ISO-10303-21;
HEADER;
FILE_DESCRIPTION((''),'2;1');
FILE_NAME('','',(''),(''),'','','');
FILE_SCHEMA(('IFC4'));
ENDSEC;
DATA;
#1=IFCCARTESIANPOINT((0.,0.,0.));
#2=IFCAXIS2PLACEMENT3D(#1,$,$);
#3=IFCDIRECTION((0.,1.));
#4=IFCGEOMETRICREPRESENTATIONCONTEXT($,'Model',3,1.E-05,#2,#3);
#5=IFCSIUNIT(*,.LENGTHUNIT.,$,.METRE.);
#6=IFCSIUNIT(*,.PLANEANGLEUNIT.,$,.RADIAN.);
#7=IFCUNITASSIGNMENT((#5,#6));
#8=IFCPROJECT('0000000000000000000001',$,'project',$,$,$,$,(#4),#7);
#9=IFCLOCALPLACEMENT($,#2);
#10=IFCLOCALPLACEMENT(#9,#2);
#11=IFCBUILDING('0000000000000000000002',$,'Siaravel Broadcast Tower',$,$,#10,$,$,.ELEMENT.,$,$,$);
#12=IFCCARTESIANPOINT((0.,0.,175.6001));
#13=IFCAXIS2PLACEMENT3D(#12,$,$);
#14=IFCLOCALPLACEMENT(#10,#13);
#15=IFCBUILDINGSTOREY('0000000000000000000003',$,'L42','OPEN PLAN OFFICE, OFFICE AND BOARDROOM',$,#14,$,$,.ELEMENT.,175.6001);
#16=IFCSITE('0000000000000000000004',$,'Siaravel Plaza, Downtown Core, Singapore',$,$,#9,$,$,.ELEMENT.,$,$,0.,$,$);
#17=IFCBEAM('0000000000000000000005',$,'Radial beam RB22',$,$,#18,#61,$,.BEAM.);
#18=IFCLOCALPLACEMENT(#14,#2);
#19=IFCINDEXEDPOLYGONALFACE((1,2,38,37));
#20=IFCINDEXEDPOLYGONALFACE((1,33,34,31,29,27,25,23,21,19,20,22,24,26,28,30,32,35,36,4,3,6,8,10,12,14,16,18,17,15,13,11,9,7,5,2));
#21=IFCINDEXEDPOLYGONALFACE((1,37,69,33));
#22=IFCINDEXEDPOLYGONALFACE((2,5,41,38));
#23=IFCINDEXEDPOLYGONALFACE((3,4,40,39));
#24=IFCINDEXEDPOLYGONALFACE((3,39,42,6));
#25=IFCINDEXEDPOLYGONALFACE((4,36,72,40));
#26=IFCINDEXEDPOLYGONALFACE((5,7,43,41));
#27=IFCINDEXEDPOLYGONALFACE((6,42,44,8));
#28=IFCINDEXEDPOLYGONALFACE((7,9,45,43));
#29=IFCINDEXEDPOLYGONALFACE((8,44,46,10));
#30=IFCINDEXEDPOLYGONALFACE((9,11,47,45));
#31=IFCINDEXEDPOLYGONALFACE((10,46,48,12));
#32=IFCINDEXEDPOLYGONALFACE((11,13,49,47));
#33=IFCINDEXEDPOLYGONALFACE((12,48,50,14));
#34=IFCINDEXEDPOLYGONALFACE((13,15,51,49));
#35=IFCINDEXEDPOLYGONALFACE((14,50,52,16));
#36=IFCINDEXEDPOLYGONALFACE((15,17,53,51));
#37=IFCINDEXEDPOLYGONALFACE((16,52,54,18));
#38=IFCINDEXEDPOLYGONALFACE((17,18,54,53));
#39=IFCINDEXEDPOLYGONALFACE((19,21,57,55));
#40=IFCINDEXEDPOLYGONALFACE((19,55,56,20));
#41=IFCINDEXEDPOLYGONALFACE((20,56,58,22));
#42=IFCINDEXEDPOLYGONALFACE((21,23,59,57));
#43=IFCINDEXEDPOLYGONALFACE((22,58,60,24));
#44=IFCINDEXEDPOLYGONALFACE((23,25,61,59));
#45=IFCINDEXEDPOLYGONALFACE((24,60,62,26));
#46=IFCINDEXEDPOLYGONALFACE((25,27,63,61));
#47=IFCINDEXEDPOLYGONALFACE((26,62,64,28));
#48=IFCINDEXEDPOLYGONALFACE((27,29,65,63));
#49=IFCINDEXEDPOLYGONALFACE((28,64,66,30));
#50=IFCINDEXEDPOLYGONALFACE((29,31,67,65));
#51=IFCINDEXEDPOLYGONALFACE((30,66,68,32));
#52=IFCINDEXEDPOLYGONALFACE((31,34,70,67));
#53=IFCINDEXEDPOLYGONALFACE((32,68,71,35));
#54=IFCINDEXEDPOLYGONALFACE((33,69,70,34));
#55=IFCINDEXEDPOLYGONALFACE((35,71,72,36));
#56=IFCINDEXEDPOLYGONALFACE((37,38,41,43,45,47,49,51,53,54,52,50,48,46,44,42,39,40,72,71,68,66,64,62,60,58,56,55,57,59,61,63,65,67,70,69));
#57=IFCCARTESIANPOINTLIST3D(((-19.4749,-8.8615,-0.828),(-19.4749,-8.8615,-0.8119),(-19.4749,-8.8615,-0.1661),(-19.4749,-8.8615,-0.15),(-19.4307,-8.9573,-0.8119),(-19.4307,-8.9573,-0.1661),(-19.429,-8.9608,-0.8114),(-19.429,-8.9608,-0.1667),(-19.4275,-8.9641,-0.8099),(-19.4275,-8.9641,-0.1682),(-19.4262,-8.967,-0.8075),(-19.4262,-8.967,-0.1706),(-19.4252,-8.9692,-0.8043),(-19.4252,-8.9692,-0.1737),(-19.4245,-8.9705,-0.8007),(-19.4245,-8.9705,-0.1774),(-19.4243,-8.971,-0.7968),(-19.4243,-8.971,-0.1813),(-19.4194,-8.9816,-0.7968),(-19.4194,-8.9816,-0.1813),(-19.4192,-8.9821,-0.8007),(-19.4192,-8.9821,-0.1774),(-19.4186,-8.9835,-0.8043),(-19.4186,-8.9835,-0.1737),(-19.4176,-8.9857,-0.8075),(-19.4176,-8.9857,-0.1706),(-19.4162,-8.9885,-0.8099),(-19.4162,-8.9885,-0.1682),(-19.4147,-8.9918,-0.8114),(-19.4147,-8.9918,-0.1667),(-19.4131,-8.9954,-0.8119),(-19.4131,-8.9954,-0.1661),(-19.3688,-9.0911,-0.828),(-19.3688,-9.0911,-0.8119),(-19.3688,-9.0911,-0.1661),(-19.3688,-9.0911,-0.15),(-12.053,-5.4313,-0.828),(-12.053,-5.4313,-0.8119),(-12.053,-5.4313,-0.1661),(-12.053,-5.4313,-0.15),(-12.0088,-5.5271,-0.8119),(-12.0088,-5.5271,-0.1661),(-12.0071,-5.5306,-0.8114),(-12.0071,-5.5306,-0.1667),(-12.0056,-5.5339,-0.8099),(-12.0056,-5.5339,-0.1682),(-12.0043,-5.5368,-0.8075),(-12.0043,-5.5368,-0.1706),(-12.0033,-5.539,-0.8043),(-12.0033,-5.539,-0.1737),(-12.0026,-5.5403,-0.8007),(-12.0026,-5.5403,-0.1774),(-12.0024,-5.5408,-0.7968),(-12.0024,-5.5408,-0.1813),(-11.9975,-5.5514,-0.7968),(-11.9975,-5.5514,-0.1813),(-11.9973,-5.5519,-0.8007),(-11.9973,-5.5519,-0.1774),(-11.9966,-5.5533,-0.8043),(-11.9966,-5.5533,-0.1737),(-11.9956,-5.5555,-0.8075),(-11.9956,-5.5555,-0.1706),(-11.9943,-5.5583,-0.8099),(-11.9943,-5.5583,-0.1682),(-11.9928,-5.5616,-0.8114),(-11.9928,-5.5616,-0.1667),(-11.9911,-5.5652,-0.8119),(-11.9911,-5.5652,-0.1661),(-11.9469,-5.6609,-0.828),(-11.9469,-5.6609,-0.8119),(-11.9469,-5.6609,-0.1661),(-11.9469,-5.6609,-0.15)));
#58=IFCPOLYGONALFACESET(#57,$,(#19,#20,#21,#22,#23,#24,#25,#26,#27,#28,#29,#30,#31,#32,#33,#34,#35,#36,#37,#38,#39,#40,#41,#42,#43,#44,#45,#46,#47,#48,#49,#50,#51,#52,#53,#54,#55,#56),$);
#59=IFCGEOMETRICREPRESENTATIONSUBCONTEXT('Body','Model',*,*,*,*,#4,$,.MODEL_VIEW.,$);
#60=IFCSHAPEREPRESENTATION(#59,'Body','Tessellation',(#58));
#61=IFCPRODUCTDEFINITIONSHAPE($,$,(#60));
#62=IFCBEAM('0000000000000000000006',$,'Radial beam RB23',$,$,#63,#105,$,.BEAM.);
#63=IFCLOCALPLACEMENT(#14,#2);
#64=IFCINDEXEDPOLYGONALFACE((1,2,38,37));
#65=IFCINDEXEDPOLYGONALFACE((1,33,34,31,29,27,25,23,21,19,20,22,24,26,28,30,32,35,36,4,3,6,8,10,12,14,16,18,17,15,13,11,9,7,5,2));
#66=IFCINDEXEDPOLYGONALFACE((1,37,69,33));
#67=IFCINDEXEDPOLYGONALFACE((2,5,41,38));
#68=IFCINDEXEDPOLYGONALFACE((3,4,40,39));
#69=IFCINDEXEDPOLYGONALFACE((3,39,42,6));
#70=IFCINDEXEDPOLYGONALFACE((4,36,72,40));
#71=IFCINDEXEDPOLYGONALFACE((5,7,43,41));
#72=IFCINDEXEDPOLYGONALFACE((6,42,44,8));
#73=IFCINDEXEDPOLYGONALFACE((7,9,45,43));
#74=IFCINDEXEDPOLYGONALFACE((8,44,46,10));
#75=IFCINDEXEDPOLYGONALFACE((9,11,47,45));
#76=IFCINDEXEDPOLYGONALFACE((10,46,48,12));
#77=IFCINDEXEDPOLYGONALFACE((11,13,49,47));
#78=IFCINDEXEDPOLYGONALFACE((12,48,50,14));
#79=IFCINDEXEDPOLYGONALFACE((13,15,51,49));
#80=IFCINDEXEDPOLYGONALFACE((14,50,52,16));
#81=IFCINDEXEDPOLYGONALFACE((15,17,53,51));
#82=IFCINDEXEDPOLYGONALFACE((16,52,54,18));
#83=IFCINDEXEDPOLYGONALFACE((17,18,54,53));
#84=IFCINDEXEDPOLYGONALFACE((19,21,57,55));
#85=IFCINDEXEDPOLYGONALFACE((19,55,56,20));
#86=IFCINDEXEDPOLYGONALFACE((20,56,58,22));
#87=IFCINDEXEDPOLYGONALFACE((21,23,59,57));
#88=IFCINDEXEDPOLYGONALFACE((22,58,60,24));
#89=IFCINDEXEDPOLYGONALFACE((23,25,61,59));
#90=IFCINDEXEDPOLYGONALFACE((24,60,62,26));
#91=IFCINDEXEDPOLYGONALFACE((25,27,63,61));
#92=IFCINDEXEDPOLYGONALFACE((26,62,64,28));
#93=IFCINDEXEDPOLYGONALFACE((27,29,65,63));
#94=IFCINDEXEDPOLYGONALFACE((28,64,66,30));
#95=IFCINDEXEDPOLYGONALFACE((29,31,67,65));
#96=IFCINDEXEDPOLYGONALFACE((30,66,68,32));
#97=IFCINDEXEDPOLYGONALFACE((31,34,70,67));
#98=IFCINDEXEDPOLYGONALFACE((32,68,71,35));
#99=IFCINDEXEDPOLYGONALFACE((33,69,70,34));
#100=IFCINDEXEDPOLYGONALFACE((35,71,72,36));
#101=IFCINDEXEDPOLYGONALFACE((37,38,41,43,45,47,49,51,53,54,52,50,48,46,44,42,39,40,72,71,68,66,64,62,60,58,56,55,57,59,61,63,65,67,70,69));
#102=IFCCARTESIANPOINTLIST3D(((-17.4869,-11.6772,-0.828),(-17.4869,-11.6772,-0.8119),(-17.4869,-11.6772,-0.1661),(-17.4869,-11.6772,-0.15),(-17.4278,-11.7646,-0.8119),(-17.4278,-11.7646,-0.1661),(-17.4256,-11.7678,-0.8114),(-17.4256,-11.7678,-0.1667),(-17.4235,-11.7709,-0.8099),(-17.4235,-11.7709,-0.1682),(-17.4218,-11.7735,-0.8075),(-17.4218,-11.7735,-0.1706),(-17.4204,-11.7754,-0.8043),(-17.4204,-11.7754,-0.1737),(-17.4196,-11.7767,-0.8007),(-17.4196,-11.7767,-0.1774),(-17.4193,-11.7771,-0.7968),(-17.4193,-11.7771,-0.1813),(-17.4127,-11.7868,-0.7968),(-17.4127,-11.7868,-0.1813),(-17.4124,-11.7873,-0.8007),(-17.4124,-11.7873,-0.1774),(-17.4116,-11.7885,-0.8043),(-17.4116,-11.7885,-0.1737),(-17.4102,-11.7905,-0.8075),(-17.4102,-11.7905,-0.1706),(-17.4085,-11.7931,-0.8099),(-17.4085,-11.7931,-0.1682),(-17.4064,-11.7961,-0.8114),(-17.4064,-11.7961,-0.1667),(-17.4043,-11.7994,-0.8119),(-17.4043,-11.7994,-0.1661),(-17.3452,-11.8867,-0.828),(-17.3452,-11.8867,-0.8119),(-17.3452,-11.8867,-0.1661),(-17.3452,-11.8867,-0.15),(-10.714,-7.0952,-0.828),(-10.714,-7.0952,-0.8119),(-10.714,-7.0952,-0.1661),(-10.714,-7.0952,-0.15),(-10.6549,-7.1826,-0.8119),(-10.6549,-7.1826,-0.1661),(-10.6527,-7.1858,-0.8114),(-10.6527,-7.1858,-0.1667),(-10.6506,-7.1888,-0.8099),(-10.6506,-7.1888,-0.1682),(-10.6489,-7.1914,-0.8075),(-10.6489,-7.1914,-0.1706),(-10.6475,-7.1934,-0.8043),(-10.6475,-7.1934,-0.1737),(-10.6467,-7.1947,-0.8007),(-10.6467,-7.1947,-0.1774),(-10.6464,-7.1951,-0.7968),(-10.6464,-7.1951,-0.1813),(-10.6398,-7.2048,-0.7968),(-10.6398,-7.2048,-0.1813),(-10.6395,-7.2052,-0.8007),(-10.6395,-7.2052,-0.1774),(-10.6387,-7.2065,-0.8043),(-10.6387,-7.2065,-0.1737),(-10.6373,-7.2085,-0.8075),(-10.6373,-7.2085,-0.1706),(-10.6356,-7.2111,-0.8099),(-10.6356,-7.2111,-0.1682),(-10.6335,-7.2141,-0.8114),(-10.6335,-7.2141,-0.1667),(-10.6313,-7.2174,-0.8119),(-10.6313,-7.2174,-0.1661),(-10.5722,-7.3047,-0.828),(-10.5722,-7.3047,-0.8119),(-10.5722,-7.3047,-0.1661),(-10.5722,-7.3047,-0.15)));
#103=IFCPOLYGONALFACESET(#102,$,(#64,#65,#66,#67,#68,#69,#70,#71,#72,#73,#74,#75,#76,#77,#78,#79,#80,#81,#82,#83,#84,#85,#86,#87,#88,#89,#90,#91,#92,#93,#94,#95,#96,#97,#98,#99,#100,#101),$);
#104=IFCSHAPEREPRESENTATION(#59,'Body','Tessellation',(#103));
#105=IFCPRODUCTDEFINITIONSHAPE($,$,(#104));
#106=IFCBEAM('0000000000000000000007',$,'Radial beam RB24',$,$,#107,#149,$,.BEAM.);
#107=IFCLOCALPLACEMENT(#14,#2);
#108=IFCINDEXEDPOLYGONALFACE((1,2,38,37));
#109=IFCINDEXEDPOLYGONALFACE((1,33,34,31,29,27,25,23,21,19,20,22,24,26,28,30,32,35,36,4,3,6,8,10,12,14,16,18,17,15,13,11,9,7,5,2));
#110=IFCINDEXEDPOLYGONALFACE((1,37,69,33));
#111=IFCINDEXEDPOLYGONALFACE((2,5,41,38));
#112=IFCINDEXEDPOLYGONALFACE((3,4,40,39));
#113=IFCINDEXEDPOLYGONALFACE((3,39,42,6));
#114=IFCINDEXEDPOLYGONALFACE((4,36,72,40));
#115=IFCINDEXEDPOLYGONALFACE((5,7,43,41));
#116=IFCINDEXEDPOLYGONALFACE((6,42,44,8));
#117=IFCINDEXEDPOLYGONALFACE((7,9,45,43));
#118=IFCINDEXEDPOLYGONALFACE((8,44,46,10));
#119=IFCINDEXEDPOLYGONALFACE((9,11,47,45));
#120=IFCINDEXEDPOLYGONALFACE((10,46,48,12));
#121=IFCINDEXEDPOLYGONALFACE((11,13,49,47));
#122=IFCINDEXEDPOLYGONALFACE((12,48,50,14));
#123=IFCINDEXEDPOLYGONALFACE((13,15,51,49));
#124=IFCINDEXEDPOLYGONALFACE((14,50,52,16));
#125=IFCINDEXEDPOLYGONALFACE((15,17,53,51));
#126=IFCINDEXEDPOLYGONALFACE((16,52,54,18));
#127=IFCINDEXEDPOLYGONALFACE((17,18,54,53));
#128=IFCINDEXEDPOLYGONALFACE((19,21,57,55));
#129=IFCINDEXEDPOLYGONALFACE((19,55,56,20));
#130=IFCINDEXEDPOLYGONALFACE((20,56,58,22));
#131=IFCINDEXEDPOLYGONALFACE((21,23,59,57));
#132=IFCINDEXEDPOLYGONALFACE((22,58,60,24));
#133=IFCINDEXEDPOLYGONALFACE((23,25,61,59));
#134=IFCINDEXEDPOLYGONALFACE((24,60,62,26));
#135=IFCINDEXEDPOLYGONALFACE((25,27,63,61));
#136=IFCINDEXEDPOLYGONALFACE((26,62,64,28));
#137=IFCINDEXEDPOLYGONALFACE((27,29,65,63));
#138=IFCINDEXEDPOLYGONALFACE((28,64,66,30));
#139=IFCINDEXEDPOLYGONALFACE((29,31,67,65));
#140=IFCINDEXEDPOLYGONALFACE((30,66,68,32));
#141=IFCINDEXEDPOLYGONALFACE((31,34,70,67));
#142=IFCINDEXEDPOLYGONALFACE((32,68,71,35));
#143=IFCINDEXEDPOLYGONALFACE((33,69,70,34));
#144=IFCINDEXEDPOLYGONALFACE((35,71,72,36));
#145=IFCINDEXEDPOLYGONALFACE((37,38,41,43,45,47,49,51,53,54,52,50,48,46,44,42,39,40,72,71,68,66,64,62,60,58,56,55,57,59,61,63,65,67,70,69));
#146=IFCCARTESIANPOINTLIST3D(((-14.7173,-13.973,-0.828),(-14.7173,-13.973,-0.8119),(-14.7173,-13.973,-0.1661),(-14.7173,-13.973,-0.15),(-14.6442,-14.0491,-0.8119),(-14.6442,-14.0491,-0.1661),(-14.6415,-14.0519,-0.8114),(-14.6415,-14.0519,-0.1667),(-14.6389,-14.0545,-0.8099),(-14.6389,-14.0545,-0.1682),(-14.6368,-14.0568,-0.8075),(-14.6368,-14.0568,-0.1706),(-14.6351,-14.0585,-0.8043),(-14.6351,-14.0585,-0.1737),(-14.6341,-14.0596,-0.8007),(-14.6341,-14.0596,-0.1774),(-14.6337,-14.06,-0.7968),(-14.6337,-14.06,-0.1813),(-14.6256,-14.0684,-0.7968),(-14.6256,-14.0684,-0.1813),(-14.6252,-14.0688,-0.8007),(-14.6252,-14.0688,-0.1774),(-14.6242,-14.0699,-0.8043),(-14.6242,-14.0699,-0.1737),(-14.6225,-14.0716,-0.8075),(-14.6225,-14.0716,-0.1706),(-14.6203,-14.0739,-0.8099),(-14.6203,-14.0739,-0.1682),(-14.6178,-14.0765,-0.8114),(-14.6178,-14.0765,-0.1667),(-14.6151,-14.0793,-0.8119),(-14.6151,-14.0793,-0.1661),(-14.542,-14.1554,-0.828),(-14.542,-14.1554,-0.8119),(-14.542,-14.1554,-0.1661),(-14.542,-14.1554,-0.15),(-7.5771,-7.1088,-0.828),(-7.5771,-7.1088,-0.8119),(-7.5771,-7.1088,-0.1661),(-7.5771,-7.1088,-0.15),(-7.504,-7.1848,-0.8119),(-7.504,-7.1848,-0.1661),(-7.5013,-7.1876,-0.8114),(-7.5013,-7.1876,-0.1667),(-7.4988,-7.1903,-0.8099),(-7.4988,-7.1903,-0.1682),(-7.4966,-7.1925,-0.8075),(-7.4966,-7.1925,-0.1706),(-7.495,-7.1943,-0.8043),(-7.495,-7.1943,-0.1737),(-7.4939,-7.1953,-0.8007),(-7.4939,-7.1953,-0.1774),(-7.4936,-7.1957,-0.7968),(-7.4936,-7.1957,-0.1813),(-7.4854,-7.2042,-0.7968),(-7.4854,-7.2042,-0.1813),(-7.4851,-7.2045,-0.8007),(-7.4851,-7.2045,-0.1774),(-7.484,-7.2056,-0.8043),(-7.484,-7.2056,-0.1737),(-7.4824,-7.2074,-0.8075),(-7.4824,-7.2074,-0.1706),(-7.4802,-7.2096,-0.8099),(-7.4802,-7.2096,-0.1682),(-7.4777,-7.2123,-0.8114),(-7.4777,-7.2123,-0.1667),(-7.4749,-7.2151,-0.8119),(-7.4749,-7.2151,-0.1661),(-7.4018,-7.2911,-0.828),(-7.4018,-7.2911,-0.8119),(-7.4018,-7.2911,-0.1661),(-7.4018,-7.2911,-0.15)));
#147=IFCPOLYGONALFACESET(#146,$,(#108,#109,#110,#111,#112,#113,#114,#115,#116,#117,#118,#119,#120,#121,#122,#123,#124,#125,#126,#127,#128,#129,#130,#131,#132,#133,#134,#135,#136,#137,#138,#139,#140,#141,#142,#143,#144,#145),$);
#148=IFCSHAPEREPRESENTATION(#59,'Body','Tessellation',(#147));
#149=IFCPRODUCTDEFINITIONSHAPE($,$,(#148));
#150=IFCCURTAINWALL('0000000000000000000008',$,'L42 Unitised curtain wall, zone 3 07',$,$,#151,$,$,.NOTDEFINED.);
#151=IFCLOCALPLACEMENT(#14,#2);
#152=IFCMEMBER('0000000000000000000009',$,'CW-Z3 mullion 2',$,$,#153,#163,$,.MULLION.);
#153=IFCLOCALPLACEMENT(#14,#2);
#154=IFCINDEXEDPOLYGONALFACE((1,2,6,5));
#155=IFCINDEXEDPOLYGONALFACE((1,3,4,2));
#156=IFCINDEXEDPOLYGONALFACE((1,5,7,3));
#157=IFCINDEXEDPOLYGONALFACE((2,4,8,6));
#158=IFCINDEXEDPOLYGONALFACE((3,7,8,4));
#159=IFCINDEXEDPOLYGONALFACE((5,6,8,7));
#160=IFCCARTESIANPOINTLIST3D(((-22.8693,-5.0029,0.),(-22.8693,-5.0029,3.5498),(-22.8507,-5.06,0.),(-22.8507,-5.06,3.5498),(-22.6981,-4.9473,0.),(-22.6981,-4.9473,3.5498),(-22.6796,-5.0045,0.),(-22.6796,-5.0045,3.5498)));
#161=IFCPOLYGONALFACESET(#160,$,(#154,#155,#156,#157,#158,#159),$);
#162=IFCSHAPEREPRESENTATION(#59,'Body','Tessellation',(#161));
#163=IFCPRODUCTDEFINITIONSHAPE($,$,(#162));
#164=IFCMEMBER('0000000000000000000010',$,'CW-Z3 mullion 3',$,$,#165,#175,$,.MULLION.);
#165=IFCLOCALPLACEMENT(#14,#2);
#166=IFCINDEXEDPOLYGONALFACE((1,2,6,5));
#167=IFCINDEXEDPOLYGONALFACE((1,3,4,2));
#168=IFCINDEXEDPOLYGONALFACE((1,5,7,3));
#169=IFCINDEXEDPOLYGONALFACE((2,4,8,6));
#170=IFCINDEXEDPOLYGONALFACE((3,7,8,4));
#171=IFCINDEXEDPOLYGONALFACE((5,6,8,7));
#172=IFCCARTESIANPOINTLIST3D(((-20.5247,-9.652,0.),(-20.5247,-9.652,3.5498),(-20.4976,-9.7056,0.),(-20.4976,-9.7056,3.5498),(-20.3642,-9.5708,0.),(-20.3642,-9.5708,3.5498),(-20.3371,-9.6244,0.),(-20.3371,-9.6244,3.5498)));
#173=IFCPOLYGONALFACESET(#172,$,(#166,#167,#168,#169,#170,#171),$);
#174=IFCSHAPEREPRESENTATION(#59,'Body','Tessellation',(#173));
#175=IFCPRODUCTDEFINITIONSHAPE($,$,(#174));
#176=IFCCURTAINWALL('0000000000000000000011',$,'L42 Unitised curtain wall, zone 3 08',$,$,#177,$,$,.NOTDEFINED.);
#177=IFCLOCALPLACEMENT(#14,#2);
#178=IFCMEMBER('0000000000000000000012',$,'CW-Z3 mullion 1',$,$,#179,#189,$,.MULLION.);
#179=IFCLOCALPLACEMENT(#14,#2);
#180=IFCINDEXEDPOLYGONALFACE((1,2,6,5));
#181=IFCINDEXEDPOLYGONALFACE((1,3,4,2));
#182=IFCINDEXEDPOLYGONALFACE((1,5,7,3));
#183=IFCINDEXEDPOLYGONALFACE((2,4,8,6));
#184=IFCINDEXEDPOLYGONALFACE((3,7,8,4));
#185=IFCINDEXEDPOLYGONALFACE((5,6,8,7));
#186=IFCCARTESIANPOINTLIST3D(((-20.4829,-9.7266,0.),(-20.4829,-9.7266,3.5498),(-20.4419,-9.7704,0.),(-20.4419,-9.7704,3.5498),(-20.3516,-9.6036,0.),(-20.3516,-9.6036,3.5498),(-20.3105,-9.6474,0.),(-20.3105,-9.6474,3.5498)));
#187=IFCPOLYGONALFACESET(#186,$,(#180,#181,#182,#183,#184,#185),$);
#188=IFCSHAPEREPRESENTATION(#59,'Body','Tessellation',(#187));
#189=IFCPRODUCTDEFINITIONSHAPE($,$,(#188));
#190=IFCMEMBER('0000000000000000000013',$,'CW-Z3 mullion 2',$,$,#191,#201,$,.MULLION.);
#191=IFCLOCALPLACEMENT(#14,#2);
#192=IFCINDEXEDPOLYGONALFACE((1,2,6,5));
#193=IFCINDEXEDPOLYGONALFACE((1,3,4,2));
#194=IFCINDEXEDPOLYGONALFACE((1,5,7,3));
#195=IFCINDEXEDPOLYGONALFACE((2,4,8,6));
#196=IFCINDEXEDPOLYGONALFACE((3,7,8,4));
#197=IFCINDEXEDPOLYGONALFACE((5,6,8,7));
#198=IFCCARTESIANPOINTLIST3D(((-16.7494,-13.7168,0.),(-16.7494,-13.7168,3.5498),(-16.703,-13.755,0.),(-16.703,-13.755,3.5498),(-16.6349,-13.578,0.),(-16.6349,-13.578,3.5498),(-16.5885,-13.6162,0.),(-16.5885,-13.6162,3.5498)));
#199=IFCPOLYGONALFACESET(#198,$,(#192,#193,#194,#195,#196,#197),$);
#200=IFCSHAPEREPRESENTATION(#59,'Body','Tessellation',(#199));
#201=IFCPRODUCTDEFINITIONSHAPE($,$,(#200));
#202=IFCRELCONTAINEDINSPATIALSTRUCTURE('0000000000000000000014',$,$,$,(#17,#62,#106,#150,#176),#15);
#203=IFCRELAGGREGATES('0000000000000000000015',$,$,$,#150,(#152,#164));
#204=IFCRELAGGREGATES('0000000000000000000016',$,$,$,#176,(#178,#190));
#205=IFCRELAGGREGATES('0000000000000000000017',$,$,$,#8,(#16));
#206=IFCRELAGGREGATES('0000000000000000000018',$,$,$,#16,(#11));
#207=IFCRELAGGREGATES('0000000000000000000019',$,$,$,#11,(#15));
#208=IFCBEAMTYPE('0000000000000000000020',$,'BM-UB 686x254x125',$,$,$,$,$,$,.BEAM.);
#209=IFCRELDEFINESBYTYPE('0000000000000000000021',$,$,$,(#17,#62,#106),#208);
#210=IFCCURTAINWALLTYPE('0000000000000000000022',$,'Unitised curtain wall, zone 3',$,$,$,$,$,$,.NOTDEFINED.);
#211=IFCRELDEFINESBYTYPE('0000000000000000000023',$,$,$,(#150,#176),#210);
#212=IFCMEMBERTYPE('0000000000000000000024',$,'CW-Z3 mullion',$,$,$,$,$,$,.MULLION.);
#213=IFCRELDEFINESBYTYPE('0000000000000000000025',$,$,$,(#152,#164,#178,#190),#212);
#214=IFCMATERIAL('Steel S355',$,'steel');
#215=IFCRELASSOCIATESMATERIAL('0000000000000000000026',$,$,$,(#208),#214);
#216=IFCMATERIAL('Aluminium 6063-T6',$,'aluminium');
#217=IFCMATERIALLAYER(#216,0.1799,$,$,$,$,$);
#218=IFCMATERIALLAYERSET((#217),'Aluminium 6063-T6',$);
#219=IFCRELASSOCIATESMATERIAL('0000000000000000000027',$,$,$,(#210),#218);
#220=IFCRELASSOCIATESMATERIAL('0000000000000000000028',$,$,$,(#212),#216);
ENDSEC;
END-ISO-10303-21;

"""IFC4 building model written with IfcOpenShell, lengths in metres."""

from ifc_helpers import new_model, si_unit, direction, frame, origin, origin_2d, place, context, subcontext, project, spatial, rectangle, i_section, extrude, material, layer, layer_set, material_profile, profile_set, type_object, element, aggregate, save


model = new_model("IFC4")

# Units and contexts
model_context = context("Model", 3, precision=1e-05, world=origin(), true_north=direction((0.0, 1.0)))
body_context = subcontext(model_context, "Body", "Model", "MODEL_VIEW")
ifc_project = project(units=[si_unit("LENGTHUNIT", "METRE"), si_unit("PLANEANGLEUNIT", "RADIAN")], contexts=[model_context])

# Site, building, storey
site_placement = place(None, origin())
site = spatial("IfcSite", under=ifc_project, at=site_placement, Name="Siaravel Plaza, Downtown Core, Singapore", CompositionType="ELEMENT", RefElevation=0.0)
building_placement = place(site_placement, origin())
building = spatial("IfcBuilding", under=site, at=building_placement, Name="Siaravel Broadcast Tower", CompositionType="ELEMENT")
storey_placement = place(building_placement, frame((0.0, 0.0, 175.6001)))
storey = spatial("IfcBuildingStorey", under=building, at=storey_placement, Name="L42", Description="OPEN PLAN OFFICE, OFFICE AND BOARDROOM", CompositionType="ELEMENT", Elevation=175.6001)

# Beams
ifc_material_1 = material(Name="Steel S355", Category="steel")
ifc_material_profile_1 = material_profile(ifc_material_1, i_section(OverallWidth=0.2529, OverallDepth=0.678, WebThickness=0.0117, FlangeThickness=0.0161, FilletRadius=0.0151, at=origin_2d()))
ifc_profile_set_1 = profile_set([ifc_material_profile_1], Name="Steel S355")
beam_type = type_object("IfcBeamType", Name="BM-UB 686x254x125", PredefinedType="BEAM", material=ifc_profile_set_1)
beam_1_placement = place(storey_placement, frame((-19.4219, -8.9763, -0.489), z_axis=(0.907741, 0.419532, 0.0), x_axis=(-0.419532, 0.907741, 0.0)))
element("IfcBeam", 1, at=beam_1_placement, inside=storey, type_object=beam_type, Name="Radial beam RB22", PredefinedType="BEAM", context=body_context, shape_type="SweptSolid", body=[
    extrude(i_section(OverallWidth=0.2529, OverallDepth=0.678, WebThickness=0.0117, FlangeThickness=0.0161, FilletRadius=0.0151, at=origin_2d()), origin(), (0.0, 0.0, 1.0), 8.1763),
])
beam_2_placement = place(storey_placement, frame((-17.416, -11.782, -0.489), z_axis=(0.828265, 0.560337, 0.0), x_axis=(-0.560337, 0.828265, 0.0)))
element("IfcBeam", 2, at=beam_2_placement, inside=storey, type_object=beam_type, Name="Radial beam RB23", PredefinedType="BEAM", context=body_context, shape_type="SweptSolid", body=[
    extrude(i_section(OverallWidth=0.2529, OverallDepth=0.678, WebThickness=0.0117, FlangeThickness=0.0161, FilletRadius=0.0151, at=origin_2d()), origin(), (0.0, 0.0, 1.0), 8.1772),
])
beam_3_placement = place(storey_placement, frame((-14.6296, -14.0642, -0.489), z_axis=(0.720897, 0.693043, 0.0), x_axis=(-0.693043, 0.720897, 0.0)))
element("IfcBeam", 3, at=beam_3_placement, inside=storey, type_object=beam_type, Name="Radial beam RB24", PredefinedType="BEAM", context=body_context, shape_type="SweptSolid", body=[
    extrude(i_section(OverallWidth=0.2529, OverallDepth=0.678, WebThickness=0.0117, FlangeThickness=0.0161, FilletRadius=0.0151, at=origin_2d()), origin(), (0.0, 0.0, 1.0), 9.9045),
])

# Curtain walls, members
ifc_material_2 = material(Name="Aluminium 6063-T6", Category="aluminium")
ifc_layer_1 = layer(ifc_material_2, 0.1799)
ifc_layer_set_1 = layer_set([ifc_layer_1], Name="Aluminium 6063-T6")
curtain_wall_type = type_object("IfcCurtainWallType", Name="Unitised curtain wall, zone 3", PredefinedType="NOTDEFINED", material=ifc_layer_set_1)
curtain_wall_1_placement = place(storey_placement, origin())
curtain_wall_1 = element("IfcCurtainWall", 4, at=curtain_wall_1_placement, inside=storey, type_object=curtain_wall_type, Name="L42 Unitised curtain wall, zone 3 07", PredefinedType="NOTDEFINED")
ifc_material_profile_2 = material_profile(ifc_material_2, rectangle(XDim=0.1799, YDim=0.0601, at=origin_2d()))
ifc_profile_set_2 = profile_set([ifc_material_profile_2], Name="Aluminium 6063-T6")
member_type_1 = type_object("IfcMemberType", Name="CW-Z3 mullion", PredefinedType="MULLION", material=ifc_profile_set_2)
member_1_placement = place(storey_placement, frame((-22.7744, -5.0037, 0.0), z_axis=(0.0, 0.0, 1.0), x_axis=(0.951177, 0.308646, 0.0)))
member_1 = element("IfcMember", 5, at=member_1_placement, type_object=member_type_1, Name="CW-Z3 mullion 2", PredefinedType="MULLION", context=body_context, shape_type="SweptSolid", body=[
    extrude(rectangle(XDim=0.1799, YDim=0.0601, at=origin_2d()), origin(), (0.0, 0.0, 1.0), 3.5498),
])
member_2_placement = place(storey_placement, frame((-20.4309, -9.6382, 0.0), z_axis=(0.0, 0.0, 1.0), x_axis=(0.892392, 0.451261, 0.0)))
member_2 = element("IfcMember", 6, at=member_2_placement, type_object=member_type_1, Name="CW-Z3 mullion 3", PredefinedType="MULLION", context=body_context, shape_type="SweptSolid", body=[
    extrude(rectangle(XDim=0.1799, YDim=0.0601, at=origin_2d()), origin(), (0.0, 0.0, 1.0), 3.5498),
])
curtain_wall_2_placement = place(storey_placement, origin())
curtain_wall_2 = element("IfcCurtainWall", 7, at=curtain_wall_2_placement, inside=storey, type_object=curtain_wall_type, Name="L42 Unitised curtain wall, zone 3 08", PredefinedType="NOTDEFINED")
member_3_placement = place(storey_placement, frame((-20.3967, -9.687, 0.0), z_axis=(0.0, 0.0, 1.0), x_axis=(0.729805, 0.683655, 0.0)))
member_3 = element("IfcMember", 8, at=member_3_placement, type_object=member_type_1, Name="CW-Z3 mullion 1", PredefinedType="MULLION", context=body_context, shape_type="SweptSolid", body=[
    extrude(rectangle(XDim=0.1799, YDim=0.0601, at=origin_2d()), origin(), (0.0, 0.0, 1.0), 3.5498),
])
member_4_placement = place(storey_placement, frame((-16.6689, -13.6665, 0.0), z_axis=(0.0, 0.0, 1.0), x_axis=(0.636218, 0.771509, 0.0)))
member_4 = element("IfcMember", 9, at=member_4_placement, type_object=member_type_1, Name="CW-Z3 mullion 2", PredefinedType="MULLION", context=body_context, shape_type="SweptSolid", body=[
    extrude(rectangle(XDim=0.1799, YDim=0.0601, at=origin_2d()), origin(), (0.0, 0.0, 1.0), 3.5498),
])

aggregate(curtain_wall_1, [member_1, member_2])
aggregate(curtain_wall_2, [member_3, member_4])

save(model, "model.ifc")
